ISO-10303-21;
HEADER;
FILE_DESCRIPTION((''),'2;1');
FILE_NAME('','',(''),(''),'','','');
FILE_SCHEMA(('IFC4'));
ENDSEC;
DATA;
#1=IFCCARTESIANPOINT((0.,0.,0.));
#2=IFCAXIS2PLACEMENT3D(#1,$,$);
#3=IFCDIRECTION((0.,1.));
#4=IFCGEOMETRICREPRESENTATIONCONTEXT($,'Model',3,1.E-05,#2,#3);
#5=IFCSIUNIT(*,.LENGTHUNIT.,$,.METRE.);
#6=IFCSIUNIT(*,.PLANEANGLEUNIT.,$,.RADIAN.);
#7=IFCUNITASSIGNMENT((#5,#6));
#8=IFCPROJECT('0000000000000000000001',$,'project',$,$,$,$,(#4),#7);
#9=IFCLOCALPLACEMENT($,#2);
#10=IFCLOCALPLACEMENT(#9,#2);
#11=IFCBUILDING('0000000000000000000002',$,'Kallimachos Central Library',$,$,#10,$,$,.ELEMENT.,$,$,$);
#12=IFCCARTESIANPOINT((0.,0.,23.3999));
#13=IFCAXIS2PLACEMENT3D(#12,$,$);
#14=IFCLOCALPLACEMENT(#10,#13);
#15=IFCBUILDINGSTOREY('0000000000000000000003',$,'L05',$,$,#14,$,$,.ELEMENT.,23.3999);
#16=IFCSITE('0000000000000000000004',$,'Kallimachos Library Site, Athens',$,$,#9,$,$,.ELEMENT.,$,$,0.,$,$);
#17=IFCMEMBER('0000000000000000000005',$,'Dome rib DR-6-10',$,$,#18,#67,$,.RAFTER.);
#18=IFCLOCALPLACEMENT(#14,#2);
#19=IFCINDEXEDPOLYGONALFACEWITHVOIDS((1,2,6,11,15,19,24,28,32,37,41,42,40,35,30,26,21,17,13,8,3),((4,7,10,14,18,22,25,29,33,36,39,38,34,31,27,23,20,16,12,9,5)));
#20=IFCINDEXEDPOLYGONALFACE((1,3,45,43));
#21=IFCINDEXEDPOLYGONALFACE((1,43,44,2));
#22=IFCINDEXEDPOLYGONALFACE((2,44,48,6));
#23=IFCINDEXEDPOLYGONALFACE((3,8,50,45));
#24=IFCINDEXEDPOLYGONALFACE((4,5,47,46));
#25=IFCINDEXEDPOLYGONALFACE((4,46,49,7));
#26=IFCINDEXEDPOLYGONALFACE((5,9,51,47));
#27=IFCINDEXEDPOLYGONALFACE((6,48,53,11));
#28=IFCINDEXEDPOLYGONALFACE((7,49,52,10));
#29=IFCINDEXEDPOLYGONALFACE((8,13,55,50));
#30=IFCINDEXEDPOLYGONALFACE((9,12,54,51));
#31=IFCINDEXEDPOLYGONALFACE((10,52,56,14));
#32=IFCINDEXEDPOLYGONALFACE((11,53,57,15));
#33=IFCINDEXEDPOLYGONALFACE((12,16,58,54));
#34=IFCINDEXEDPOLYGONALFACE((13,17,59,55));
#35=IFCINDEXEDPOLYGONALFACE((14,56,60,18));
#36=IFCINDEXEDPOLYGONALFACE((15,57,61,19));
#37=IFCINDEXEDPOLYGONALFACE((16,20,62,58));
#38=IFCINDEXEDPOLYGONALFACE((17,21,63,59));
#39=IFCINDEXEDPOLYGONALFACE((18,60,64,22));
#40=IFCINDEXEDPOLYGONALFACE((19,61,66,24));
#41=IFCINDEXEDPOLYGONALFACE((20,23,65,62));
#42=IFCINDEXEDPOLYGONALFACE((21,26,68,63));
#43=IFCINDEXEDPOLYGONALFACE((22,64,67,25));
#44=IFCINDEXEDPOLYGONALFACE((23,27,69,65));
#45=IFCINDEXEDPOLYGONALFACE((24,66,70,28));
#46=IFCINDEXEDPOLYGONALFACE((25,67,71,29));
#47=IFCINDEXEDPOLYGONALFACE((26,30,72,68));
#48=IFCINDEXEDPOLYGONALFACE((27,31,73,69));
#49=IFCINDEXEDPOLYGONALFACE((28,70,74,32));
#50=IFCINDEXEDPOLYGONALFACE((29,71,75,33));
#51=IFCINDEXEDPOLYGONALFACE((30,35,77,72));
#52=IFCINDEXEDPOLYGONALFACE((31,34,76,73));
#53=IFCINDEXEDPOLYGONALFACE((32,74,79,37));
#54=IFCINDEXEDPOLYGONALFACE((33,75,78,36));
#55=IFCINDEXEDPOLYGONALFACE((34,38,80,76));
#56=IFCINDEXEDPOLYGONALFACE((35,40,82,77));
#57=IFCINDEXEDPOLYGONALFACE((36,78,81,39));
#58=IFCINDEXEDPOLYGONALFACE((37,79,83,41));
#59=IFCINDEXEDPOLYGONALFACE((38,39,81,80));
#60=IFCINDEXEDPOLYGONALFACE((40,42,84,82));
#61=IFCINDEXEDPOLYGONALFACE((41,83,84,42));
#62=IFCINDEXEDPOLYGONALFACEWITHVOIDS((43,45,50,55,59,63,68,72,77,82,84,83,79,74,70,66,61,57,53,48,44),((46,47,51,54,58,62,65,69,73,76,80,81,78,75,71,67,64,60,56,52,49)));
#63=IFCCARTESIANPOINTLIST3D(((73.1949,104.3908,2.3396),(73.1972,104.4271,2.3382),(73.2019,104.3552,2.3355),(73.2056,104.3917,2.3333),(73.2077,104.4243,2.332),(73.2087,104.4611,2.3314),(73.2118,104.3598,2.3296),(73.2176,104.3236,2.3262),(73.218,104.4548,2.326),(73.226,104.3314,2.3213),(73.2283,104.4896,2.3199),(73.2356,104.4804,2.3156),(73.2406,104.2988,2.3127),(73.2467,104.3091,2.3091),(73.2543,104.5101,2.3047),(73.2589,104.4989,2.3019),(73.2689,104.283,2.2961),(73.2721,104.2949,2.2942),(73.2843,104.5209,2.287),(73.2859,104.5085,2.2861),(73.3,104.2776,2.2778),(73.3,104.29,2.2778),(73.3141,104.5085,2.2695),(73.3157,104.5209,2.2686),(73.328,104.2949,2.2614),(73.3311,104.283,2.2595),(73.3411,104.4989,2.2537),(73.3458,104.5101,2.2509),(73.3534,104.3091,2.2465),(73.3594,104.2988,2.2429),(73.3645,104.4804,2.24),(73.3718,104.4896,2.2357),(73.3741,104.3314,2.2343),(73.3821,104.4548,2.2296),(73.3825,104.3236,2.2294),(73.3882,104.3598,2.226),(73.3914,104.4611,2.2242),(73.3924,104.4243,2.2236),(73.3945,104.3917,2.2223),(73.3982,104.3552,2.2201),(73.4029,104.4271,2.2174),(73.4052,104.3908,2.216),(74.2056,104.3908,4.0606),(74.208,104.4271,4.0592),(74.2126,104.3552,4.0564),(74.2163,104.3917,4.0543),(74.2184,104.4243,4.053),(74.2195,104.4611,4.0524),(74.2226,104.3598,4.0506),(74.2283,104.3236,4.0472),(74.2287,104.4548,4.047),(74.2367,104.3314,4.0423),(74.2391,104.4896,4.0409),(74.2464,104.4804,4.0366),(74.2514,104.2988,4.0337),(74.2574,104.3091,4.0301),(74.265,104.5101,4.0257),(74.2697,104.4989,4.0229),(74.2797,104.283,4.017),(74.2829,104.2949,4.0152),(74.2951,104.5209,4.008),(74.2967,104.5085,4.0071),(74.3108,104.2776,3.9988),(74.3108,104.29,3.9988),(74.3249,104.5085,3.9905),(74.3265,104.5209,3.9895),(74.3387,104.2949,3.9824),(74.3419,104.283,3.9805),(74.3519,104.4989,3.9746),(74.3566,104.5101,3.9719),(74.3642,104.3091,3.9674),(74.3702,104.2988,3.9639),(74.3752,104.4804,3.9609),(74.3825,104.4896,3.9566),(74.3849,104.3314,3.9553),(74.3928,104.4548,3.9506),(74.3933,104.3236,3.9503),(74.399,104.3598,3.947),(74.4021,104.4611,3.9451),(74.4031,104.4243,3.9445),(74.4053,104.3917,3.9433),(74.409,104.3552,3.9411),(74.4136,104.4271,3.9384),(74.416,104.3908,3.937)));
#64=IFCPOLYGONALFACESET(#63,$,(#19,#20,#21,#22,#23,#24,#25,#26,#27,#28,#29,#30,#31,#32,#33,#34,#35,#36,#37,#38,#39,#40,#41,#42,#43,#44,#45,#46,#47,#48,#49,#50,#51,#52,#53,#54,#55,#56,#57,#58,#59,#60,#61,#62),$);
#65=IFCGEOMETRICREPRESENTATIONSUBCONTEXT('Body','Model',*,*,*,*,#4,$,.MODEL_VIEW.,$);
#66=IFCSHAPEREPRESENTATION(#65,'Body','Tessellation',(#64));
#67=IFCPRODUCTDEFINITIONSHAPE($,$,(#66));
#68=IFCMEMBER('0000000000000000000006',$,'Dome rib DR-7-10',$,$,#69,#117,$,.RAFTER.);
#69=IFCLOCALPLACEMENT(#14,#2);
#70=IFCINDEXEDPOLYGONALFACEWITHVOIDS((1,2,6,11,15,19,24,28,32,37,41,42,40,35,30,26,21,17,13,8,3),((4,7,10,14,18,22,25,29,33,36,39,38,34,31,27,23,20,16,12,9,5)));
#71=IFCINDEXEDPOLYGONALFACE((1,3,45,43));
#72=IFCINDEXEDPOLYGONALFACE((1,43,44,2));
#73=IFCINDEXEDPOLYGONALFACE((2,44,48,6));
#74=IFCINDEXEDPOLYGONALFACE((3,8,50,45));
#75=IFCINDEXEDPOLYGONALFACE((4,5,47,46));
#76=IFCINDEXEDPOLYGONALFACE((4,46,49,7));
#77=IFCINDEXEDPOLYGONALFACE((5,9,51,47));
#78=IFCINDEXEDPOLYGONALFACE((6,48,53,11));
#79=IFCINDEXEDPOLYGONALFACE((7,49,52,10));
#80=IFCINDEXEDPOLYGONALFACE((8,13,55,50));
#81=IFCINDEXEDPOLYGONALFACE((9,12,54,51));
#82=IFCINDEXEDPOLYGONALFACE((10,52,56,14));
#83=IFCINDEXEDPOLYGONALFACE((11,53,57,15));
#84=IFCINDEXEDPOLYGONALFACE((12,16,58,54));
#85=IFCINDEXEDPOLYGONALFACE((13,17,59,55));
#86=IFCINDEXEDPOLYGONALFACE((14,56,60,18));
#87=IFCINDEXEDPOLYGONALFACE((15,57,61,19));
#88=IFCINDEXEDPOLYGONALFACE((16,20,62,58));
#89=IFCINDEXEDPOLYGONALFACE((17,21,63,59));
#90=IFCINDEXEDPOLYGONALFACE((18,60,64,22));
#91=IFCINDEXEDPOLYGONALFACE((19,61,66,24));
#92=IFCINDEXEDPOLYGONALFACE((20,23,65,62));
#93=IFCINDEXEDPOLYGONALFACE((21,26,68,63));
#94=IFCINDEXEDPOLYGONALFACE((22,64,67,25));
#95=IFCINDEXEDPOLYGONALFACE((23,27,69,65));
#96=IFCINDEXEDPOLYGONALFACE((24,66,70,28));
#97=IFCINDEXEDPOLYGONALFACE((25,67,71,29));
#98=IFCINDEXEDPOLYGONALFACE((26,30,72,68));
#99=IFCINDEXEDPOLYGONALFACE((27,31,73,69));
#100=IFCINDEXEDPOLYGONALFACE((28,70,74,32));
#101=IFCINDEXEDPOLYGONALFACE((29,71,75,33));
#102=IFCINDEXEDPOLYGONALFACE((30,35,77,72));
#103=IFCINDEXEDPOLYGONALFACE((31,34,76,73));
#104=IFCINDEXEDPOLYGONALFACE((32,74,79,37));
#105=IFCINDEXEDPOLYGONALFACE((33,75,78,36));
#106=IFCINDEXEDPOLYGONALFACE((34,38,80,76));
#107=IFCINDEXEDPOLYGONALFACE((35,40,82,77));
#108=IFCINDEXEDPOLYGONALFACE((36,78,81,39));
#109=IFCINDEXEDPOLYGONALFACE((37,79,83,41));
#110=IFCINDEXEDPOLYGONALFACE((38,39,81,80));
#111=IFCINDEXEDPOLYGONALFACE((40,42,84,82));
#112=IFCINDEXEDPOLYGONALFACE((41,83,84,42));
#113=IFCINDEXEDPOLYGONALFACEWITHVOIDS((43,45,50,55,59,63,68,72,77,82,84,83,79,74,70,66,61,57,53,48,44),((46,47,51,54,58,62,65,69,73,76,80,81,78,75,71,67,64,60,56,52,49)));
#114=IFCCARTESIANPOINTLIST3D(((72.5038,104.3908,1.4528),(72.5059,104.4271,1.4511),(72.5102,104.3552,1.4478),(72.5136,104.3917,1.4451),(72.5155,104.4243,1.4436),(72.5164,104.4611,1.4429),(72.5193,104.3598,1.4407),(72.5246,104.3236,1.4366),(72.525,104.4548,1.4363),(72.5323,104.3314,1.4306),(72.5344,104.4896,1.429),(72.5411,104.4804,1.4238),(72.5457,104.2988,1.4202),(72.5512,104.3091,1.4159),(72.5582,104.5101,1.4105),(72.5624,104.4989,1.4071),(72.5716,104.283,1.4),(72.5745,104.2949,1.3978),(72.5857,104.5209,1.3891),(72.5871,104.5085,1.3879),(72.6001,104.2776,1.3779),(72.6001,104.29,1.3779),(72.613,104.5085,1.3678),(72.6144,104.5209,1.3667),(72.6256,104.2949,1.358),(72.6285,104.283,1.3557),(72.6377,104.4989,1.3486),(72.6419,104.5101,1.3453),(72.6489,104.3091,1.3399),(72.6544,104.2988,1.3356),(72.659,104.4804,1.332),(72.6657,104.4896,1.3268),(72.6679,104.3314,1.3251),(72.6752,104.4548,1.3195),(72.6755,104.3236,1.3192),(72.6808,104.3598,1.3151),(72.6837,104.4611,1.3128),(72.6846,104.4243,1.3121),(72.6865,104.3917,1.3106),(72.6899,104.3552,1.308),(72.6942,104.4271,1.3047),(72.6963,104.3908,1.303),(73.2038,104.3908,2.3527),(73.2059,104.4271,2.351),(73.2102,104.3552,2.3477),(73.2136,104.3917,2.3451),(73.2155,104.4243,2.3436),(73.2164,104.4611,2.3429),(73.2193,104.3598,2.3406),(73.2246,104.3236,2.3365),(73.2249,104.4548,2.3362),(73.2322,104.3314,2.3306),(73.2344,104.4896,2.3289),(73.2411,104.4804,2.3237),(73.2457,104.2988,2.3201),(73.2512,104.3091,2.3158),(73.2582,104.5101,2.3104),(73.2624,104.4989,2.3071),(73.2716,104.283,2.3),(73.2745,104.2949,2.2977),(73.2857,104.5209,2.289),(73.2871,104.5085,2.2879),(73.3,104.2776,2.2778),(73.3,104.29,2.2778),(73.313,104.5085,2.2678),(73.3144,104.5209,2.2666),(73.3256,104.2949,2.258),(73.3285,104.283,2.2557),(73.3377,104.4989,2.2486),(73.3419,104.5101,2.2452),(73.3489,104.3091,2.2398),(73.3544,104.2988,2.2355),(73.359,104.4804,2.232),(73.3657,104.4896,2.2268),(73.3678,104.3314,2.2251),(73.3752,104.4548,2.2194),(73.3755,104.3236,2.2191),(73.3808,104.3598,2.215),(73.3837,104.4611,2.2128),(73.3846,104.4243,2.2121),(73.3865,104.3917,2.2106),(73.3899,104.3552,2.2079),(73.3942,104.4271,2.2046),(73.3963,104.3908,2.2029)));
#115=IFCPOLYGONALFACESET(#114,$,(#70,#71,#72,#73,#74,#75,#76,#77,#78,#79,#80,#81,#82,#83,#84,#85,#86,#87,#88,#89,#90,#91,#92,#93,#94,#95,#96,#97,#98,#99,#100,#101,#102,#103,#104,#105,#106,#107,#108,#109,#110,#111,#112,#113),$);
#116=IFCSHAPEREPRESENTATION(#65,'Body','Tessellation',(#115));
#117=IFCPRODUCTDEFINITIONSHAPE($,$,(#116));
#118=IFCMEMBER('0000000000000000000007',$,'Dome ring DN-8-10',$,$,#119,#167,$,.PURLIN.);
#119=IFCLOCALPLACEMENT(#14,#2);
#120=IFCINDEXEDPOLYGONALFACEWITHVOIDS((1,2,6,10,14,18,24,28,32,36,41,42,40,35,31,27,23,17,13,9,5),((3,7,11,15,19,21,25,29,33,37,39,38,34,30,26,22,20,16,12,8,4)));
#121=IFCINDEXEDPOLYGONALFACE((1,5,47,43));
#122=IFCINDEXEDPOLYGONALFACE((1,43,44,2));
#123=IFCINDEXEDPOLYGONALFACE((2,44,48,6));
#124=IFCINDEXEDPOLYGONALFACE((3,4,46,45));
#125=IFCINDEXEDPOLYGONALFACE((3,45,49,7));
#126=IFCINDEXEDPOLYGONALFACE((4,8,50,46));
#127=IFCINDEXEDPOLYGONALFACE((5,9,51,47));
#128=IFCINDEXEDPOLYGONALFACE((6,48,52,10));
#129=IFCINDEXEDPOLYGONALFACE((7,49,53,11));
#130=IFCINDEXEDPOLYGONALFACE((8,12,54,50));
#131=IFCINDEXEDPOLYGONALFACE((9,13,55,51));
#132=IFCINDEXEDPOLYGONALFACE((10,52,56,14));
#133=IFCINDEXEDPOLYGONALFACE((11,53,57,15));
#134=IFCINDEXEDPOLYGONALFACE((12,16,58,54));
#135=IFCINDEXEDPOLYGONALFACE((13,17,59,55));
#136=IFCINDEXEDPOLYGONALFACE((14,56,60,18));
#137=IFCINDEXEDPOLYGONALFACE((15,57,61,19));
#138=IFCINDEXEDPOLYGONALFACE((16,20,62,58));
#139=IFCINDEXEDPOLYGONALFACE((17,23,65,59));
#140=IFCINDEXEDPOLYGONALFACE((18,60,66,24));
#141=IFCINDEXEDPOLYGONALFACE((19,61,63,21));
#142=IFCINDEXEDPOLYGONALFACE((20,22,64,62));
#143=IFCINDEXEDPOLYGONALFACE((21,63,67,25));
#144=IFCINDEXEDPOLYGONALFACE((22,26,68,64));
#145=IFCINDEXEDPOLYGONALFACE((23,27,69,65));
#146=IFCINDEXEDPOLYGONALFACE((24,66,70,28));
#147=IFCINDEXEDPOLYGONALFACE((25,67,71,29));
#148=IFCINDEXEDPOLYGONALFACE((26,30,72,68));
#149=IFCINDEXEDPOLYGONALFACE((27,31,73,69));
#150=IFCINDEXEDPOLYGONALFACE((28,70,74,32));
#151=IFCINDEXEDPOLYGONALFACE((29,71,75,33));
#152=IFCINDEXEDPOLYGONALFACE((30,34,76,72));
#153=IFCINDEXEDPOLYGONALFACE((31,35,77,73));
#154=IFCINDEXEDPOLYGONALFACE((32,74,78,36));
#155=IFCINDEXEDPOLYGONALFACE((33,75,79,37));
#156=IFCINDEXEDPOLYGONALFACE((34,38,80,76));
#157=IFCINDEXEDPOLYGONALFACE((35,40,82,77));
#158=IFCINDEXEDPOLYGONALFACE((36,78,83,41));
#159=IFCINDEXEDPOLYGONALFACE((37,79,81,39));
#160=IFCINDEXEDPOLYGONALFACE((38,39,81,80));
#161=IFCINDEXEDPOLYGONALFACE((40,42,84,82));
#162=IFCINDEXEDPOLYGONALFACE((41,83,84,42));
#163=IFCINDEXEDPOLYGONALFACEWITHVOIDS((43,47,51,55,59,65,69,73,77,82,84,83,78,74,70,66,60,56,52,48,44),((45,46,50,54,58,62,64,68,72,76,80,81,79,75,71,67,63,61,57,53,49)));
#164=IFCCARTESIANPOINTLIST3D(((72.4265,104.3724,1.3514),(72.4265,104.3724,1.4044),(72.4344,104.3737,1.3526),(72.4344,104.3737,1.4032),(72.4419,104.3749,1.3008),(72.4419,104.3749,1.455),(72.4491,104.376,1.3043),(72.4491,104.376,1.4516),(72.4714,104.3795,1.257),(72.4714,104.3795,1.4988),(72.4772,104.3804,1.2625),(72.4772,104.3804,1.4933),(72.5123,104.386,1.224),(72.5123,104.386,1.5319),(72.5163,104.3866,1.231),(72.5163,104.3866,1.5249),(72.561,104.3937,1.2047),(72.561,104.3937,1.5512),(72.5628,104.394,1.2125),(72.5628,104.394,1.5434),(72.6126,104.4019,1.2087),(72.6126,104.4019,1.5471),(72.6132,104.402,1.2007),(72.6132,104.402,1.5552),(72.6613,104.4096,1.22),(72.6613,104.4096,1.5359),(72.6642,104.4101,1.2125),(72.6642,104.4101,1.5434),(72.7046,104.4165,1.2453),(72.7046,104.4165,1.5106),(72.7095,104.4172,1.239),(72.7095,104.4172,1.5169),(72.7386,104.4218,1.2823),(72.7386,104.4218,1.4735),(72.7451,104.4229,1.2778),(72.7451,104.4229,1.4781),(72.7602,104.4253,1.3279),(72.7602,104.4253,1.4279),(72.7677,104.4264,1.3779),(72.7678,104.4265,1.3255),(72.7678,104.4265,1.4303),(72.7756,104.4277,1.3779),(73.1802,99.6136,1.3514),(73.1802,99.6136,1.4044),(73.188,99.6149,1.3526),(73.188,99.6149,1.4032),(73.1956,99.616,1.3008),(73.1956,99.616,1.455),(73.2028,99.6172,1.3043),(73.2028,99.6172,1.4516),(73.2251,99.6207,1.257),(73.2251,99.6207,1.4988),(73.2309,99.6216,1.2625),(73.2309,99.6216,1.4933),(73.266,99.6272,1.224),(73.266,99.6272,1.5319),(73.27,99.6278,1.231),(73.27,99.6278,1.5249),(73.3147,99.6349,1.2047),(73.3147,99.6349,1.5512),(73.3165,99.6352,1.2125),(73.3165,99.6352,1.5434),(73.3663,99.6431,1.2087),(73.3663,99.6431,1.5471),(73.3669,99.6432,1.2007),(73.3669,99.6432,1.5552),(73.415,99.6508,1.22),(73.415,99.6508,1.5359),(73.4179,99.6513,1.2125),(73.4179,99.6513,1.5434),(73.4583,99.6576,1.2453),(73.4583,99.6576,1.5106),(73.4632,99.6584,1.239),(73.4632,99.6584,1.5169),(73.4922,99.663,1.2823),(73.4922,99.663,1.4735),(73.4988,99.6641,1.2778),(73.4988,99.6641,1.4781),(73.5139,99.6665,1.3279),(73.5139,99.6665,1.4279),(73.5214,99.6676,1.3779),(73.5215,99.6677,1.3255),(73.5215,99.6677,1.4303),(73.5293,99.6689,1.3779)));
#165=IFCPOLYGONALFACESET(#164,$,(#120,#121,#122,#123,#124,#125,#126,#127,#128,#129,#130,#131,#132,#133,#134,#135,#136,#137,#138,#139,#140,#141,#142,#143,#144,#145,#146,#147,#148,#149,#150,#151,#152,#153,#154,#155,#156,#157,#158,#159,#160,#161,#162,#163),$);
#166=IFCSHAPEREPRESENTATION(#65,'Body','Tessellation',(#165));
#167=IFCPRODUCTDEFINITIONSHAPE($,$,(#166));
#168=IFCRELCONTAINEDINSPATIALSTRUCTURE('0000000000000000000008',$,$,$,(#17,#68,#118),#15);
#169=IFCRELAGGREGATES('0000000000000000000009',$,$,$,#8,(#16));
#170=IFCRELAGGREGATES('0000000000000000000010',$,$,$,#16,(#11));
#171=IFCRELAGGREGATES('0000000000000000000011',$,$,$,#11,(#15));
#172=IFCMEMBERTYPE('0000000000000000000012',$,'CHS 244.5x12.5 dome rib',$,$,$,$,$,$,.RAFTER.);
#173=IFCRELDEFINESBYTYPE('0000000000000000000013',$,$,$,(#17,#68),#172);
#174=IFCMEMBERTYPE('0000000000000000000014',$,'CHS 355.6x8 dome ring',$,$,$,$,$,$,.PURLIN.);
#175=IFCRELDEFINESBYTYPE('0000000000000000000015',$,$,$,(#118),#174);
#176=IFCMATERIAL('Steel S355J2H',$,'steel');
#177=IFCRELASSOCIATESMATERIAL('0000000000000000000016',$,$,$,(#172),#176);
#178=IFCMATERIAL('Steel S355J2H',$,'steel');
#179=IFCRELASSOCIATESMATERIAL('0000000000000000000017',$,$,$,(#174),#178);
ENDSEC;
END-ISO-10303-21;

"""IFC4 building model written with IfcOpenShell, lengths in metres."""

from ifc_helpers import new_model, si_unit, direction, frame, origin, origin_2d, place, context, subcontext, project, spatial, hollow_circle, extrude, material, material_profile, profile_set, type_object, element, save


model = new_model("IFC4")

# Units and contexts
model_context = context("Model", 3, precision=1e-05, world=origin(), true_north=direction((0.0, 1.0)))
body_context = subcontext(model_context, "Body", "Model", "MODEL_VIEW")
ifc_project = project(units=[si_unit("LENGTHUNIT", "METRE"), si_unit("PLANEANGLEUNIT", "RADIAN")], contexts=[model_context])

# Site, building, storey
site_placement = place(None, origin())
site = spatial("IfcSite", under=ifc_project, at=site_placement, Name="Kallimachos Library Site, Athens", CompositionType="ELEMENT", RefElevation=0.0)
building_placement = place(site_placement, origin())
building = spatial("IfcBuilding", under=site, at=building_placement, Name="Kallimachos Central Library", CompositionType="ELEMENT")
storey_placement = place(building_placement, frame((0.0, 0.0, 23.3999)))
storey = spatial("IfcBuildingStorey", under=building, at=storey_placement, Name="L05", CompositionType="ELEMENT", Elevation=23.3999)

# Members
ifc_material_1 = material(Name="Steel S355J2H", Category="steel")
ifc_material_profile_1 = material_profile(ifc_material_1, hollow_circle(Radius=0.1223, WallThickness=0.0125, at=origin_2d()), Name="CHS 244.5x12.5")
ifc_profile_set_1 = profile_set([ifc_material_profile_1], Name="Steel S355J2H")
member_type_1 = type_object("IfcMemberType", Name="CHS 244.5x12.5 dome rib", PredefinedType="RAFTER", material=ifc_profile_set_1)
member_1_placement = place(storey_placement, frame((74.3108, 104.3999, 3.9988), z_axis=(-0.506432, 0.0, -0.86228), x_axis=(0.0, -1.0, 0.0)))
element("IfcMember", 1, at=member_1_placement, inside=storey, type_object=member_type_1, Name="Dome rib DR-6-10", PredefinedType="RAFTER", context=body_context, shape_type="SweptSolid", body=[
    extrude(hollow_circle(Radius=0.1223, WallThickness=0.0125, at=origin_2d()), origin(), (0.0, 0.0, 1.0), 1.9958),
])
member_2_placement = place(storey_placement, frame((73.3, 104.3999, 2.2778), z_axis=(-0.613955, 0.0, -0.789341), x_axis=(0.0, -1.0, 0.0)))
element("IfcMember", 2, at=member_2_placement, inside=storey, type_object=member_type_1, Name="Dome rib DR-7-10", PredefinedType="RAFTER", context=body_context, shape_type="SweptSolid", body=[
    extrude(hollow_circle(Radius=0.1223, WallThickness=0.0125, at=origin_2d()), origin(), (0.0, 0.0, 1.0), 1.1401),
])
ifc_material_2 = material(Name="Steel S355J2H", Category="steel")
ifc_material_profile_2 = material_profile(ifc_material_2, hollow_circle(Radius=0.1777, WallThickness=0.0081, at=origin_2d()), Name="CHS 355.6x8")
ifc_profile_set_2 = profile_set([ifc_material_profile_2], Name="Steel S355J2H")
member_type_2 = type_object("IfcMemberType", Name="CHS 355.6x8 dome ring", PredefinedType="PURLIN", material=ifc_profile_set_2)
member_3_placement = place(storey_placement, frame((72.6001, 104.3999, 1.3779), z_axis=(0.156423, -0.98769, 0.0), x_axis=(0.98769, 0.156423, 0.0)))
element("IfcMember", 3, at=member_3_placement, inside=storey, type_object=member_type_2, Name="Dome ring DN-8-10", PredefinedType="PURLIN", context=body_context, shape_type="SweptSolid", body=[
    extrude(hollow_circle(Radius=0.1777, WallThickness=0.0081, at=origin_2d()), origin(), (0.0, 0.0, 1.0), 4.8181),
])

save(model, "model.ifc")
